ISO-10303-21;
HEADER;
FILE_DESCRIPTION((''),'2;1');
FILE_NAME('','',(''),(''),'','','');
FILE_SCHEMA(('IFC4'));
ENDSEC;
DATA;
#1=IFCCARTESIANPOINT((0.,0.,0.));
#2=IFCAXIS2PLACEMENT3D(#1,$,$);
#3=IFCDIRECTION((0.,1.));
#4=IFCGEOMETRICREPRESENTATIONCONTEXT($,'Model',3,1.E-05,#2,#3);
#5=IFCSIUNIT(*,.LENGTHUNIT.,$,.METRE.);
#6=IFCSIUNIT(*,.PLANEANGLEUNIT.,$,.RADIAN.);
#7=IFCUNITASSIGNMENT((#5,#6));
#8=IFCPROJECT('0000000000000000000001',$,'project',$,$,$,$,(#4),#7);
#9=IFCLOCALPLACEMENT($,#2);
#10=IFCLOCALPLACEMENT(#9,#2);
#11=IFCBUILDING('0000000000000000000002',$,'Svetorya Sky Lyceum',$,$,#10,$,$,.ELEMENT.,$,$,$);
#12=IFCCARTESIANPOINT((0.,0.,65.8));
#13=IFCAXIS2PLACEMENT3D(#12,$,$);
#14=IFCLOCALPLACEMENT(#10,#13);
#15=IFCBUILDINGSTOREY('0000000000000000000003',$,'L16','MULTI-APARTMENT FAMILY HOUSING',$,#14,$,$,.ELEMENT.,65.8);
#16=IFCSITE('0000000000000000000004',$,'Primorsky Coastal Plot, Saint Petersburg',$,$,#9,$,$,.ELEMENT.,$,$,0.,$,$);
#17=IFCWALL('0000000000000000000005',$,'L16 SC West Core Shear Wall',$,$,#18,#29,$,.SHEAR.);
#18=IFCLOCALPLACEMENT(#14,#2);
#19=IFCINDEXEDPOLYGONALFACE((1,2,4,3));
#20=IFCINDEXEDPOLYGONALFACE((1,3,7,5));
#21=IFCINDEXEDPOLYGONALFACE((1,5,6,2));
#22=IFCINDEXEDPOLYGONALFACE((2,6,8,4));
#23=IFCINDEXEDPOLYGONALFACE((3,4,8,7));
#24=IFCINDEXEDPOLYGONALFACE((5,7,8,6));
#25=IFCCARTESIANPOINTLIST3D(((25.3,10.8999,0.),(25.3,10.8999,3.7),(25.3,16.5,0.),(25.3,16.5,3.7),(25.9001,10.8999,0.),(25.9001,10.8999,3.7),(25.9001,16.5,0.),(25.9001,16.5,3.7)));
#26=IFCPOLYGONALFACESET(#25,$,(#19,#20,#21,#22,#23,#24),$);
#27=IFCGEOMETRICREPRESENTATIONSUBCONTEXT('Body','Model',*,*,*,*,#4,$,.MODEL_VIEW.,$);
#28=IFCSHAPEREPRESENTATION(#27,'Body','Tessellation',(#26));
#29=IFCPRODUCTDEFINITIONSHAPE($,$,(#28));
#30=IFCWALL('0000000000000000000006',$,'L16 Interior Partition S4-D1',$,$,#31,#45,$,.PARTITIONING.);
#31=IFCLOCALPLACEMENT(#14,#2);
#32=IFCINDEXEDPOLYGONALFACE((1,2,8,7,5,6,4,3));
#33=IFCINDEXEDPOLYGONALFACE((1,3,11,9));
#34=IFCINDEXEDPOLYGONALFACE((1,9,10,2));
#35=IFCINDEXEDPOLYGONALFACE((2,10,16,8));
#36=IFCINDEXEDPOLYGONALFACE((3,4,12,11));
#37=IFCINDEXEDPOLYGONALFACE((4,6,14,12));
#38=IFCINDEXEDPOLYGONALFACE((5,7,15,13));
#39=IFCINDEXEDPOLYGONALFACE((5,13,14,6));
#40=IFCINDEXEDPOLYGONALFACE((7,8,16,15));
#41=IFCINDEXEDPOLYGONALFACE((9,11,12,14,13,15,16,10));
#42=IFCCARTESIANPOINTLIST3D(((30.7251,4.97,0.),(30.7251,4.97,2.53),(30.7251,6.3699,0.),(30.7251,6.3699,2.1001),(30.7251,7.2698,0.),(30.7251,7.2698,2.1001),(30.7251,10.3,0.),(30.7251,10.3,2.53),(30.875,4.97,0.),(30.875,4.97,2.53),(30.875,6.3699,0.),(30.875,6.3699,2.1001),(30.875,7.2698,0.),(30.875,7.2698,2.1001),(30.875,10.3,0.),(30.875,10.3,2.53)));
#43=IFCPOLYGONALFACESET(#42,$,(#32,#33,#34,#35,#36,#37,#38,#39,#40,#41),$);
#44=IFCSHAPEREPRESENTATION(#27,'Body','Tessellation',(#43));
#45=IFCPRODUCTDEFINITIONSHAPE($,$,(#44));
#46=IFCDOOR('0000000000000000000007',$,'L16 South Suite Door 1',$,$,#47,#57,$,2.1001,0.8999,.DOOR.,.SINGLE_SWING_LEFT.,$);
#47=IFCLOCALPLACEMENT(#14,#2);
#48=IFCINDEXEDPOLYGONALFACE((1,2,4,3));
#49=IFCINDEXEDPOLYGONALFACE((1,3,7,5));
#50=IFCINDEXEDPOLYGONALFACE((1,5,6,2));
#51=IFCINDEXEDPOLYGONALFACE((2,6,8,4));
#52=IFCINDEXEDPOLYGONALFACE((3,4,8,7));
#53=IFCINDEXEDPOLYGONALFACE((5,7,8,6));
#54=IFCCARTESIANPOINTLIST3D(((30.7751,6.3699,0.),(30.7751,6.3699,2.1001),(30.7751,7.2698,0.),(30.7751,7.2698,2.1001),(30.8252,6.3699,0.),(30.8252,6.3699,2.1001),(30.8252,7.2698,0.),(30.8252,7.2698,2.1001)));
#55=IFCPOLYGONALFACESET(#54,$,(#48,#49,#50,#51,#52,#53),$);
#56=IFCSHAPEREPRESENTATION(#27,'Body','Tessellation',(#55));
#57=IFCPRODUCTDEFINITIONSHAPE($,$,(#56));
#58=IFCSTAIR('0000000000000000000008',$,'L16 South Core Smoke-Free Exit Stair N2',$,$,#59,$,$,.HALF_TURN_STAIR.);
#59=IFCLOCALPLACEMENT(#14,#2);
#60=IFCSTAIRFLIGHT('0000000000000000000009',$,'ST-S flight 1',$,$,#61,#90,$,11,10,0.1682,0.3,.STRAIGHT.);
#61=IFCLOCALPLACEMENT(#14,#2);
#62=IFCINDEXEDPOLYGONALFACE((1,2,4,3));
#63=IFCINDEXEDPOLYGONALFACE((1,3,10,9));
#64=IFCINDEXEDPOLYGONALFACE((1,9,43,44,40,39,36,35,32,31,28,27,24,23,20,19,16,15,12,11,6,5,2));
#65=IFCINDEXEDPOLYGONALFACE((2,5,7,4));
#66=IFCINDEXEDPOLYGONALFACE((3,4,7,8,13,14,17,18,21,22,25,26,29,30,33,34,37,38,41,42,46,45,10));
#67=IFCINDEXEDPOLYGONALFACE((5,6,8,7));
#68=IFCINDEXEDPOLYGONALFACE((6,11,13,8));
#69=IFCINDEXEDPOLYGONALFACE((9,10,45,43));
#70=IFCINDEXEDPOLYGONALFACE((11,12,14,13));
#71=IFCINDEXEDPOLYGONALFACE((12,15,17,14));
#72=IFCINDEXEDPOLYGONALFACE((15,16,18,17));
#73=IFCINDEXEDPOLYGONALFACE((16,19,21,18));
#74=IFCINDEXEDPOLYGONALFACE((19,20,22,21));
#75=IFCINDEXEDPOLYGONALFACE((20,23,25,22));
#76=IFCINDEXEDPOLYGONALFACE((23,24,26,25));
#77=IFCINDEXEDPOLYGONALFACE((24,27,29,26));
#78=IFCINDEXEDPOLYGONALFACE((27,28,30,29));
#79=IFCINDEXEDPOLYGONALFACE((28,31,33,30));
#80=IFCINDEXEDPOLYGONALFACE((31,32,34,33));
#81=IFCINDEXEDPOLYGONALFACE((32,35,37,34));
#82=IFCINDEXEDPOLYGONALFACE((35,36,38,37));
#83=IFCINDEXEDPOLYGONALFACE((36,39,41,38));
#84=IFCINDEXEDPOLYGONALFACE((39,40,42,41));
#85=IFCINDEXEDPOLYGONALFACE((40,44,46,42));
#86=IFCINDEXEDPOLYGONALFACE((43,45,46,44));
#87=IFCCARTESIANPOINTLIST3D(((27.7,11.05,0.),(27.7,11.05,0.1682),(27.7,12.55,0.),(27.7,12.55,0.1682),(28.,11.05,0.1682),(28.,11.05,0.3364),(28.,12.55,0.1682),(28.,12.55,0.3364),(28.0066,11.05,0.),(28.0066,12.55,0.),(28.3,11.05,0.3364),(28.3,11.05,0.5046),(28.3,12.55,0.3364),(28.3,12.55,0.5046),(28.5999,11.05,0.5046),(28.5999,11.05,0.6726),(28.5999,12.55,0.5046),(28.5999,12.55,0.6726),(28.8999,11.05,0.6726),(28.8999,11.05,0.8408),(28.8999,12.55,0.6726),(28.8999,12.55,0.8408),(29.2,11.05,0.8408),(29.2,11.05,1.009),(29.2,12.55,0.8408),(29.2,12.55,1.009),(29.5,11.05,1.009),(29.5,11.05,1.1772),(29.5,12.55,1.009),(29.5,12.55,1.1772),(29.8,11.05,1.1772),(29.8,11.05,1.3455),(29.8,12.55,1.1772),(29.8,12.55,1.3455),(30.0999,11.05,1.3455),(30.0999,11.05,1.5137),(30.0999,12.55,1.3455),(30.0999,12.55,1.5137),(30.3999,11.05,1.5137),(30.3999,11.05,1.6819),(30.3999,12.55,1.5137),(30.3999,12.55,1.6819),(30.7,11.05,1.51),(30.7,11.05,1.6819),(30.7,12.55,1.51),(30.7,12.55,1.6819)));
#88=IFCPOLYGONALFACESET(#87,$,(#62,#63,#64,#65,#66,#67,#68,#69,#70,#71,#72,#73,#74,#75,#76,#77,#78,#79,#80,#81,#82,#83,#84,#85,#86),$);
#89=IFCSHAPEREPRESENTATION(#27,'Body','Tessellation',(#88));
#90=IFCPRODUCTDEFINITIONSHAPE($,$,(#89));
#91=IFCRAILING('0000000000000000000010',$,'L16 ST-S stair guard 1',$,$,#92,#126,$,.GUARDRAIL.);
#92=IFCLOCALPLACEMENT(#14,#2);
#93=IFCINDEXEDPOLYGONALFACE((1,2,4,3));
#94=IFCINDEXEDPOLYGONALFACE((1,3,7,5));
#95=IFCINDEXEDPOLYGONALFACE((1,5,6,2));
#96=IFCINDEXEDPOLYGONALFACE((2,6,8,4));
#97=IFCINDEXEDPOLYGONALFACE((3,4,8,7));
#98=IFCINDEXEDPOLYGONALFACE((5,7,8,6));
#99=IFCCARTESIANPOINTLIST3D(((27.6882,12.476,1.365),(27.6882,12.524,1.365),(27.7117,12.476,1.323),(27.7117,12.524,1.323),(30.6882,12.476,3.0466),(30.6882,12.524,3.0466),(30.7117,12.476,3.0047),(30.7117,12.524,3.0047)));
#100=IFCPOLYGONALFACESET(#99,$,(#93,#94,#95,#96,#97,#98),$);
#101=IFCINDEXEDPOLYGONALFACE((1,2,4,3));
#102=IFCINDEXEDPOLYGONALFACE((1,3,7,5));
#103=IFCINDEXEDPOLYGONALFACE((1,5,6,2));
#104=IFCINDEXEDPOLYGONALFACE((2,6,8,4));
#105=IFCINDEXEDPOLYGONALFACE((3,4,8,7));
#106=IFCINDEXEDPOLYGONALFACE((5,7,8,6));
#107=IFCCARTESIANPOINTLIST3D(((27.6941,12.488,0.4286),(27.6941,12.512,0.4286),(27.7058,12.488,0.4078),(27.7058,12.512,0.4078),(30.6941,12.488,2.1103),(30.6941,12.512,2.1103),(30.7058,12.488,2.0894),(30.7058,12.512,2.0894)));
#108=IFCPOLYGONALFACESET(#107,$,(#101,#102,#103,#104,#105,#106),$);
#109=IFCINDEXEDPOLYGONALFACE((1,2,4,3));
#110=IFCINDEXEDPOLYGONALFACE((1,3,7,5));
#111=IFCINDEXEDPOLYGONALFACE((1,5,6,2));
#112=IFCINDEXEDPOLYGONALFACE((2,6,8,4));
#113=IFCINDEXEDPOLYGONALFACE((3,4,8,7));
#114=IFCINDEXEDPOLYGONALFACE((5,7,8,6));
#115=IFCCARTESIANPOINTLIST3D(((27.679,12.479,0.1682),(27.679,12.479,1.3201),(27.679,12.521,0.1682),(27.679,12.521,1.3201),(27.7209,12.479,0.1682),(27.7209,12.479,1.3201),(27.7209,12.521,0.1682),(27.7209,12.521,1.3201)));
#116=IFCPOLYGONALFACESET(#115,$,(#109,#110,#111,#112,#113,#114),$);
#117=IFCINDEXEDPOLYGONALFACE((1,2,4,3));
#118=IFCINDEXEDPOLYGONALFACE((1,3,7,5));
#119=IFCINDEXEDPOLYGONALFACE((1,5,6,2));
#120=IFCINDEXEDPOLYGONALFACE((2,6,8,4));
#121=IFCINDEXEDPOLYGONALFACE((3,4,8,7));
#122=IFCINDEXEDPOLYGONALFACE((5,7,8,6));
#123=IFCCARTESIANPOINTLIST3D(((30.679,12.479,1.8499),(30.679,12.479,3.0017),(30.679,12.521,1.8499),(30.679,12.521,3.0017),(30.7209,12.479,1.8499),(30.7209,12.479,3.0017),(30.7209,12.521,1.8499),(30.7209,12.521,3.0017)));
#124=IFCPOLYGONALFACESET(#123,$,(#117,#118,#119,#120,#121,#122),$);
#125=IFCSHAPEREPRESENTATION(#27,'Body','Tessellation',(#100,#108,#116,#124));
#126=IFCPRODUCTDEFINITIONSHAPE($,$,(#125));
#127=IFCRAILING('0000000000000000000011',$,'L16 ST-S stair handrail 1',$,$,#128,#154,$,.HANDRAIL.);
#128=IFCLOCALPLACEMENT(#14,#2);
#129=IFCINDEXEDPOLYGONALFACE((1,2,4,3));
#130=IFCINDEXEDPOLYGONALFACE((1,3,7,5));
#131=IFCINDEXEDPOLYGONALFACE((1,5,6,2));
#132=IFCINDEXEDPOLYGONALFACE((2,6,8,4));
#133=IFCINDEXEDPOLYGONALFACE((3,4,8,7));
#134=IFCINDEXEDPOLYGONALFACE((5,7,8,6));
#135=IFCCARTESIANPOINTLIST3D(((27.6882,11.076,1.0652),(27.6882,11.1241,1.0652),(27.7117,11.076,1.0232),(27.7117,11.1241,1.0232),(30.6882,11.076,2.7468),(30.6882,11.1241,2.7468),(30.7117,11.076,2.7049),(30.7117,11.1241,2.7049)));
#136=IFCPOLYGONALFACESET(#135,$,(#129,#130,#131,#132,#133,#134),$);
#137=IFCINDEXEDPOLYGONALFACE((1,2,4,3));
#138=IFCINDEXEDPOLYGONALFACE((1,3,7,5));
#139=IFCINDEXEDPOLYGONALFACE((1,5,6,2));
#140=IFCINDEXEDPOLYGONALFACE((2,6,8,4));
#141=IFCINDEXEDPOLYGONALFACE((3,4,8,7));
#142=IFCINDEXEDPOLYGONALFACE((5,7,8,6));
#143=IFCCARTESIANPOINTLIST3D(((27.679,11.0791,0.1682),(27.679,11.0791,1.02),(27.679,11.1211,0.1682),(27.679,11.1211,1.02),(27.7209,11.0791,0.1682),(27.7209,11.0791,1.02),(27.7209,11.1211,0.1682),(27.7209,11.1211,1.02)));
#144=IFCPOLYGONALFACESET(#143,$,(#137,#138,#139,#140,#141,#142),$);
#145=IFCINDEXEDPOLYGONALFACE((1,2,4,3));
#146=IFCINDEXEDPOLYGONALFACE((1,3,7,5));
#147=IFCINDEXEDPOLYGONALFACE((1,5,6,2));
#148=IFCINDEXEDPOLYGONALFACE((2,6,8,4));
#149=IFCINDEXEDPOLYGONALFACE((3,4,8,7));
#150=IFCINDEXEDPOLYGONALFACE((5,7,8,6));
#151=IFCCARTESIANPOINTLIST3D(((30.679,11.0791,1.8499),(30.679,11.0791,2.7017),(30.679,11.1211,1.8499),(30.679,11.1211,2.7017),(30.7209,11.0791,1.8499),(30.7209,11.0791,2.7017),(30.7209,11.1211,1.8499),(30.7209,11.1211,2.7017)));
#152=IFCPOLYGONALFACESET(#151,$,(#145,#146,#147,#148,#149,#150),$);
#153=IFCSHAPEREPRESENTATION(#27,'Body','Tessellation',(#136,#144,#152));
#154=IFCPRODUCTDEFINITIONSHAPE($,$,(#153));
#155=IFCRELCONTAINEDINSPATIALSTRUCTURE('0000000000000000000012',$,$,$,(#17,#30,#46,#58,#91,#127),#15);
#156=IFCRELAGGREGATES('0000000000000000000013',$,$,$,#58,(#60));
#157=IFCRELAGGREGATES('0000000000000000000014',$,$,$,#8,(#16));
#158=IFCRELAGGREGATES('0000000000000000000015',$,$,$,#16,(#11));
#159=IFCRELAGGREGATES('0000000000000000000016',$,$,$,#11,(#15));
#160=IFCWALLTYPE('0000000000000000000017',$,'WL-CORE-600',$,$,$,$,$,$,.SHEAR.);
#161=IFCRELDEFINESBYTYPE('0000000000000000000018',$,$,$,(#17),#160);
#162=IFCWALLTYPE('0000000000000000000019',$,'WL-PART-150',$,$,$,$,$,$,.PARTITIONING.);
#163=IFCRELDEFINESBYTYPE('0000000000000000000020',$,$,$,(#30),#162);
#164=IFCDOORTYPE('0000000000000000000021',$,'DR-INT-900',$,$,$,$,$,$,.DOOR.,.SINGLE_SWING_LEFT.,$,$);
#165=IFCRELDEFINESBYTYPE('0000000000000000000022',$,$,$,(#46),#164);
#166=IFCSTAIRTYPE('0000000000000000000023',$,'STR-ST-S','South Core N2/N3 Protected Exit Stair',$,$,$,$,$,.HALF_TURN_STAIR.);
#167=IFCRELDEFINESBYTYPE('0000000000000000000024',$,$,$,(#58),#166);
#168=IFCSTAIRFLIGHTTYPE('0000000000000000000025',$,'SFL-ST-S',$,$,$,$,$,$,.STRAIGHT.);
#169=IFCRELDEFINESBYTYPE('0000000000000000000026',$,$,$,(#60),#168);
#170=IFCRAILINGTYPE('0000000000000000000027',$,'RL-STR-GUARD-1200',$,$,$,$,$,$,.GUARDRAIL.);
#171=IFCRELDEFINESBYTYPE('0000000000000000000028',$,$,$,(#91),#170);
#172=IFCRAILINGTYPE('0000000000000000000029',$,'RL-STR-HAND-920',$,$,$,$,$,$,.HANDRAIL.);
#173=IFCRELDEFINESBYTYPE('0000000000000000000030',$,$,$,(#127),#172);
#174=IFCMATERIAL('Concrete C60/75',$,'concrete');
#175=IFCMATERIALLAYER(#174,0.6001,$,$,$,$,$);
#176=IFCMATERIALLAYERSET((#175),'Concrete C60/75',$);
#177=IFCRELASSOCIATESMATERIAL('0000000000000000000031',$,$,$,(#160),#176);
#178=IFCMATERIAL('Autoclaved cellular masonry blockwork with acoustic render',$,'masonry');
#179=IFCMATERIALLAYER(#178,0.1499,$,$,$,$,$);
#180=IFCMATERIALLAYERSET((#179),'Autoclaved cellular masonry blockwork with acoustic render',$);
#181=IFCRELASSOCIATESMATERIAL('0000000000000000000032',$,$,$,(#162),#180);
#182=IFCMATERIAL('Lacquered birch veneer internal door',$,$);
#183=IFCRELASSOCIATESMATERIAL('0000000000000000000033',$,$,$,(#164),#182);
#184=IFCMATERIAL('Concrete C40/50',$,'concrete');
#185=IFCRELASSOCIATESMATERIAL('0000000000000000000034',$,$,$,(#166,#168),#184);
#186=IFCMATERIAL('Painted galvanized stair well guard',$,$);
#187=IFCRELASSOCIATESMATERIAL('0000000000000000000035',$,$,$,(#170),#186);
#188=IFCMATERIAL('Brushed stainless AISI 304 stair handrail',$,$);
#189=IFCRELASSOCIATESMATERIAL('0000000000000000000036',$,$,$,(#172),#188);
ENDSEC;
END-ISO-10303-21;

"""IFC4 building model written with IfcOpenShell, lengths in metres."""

from ifc_helpers import new_model, si_unit, direction, frame, frame_2d, origin, origin_2d, place, context, subcontext, project, spatial, polyline, rectangle, outline, extrude, material, layer, layer_set, type_object, element, fill, aggregate, save


model = new_model("IFC4")

# Units and contexts
model_context = context("Model", 3, precision=1e-05, world=origin(), true_north=direction((0.0, 1.0)))
body_context = subcontext(model_context, "Body", "Model", "MODEL_VIEW")
ifc_project = project(units=[si_unit("LENGTHUNIT", "METRE"), si_unit("PLANEANGLEUNIT", "RADIAN")], contexts=[model_context])

# Site, building, storey
site_placement = place(None, origin())
site = spatial("IfcSite", under=ifc_project, at=site_placement, Name="Primorsky Coastal Plot, Saint Petersburg", CompositionType="ELEMENT", RefElevation=0.0)
building_placement = place(site_placement, origin())
building = spatial("IfcBuilding", under=site, at=building_placement, Name="Svetorya Sky Lyceum", CompositionType="ELEMENT")
storey_placement = place(building_placement, frame((0.0, 0.0, 65.8)))
storey = spatial("IfcBuildingStorey", under=building, at=storey_placement, Name="L16", Description="MULTI-APARTMENT FAMILY HOUSING", CompositionType="ELEMENT", Elevation=65.8)

# Shared definitions
ifc_material_1 = material(Name="Concrete C60/75", Category="concrete")

# Wall
ifc_material_2 = material(Name="Concrete C40/50", Category="concrete")
ifc_layer_1 = layer(ifc_material_1, 0.6001)
ifc_layer_set_1 = layer_set([ifc_layer_1], Name="Concrete C60/75")
wall_type_1 = type_object("IfcWallType", Name="WL-CORE-600", PredefinedType="SHEAR", material=ifc_layer_set_1)
wall_1_placement = place(storey_placement, frame((25.6001, 10.8999, 0.0), z_axis=(0.0, 0.0, 1.0), x_axis=(0.0, 1.0, 0.0)))
element("IfcWall", 1, at=wall_1_placement, inside=storey, type_object=wall_type_1, Name="L16 SC West Core Shear Wall", PredefinedType="SHEAR", context=body_context, shape_type="SweptSolid", body=[
    extrude(rectangle(XDim=5.6001, YDim=0.6001, at=frame_2d((2.8, 0.0))), origin(), (0.0, 0.0, 1.0), 3.7),
])

# Wall, opening, door
ifc_material_3 = material(Name="Autoclaved cellular masonry blockwork with acoustic render", Category="masonry")
ifc_layer_2 = layer(ifc_material_3, 0.1499)
ifc_layer_set_2 = layer_set([ifc_layer_2], Name="Autoclaved cellular masonry blockwork with acoustic render")
wall_type_2 = type_object("IfcWallType", Name="WL-PART-150", PredefinedType="PARTITIONING", material=ifc_layer_set_2)
wall_2_placement = place(storey_placement, frame((30.8, 4.97, 0.0), z_axis=(0.0, 0.0, 1.0), x_axis=(0.0, 1.0, 0.0)))
wall_2 = element("IfcWall", 2, at=wall_2_placement, inside=storey, type_object=wall_type_2, Name="L16 Interior Partition S4-D1", PredefinedType="PARTITIONING", context=body_context, shape_type="SweptSolid", body=[
    extrude(rectangle(XDim=5.3301, YDim=0.1499, at=frame_2d((2.665, 0.0))), origin(), (0.0, 0.0, 1.0), 2.53),
])
opening_placement = place(wall_2_placement, frame((1.3999, 0.0, 0.0)))
opening = element("IfcOpeningElement", 3, at=opening_placement, cuts=wall_2, PredefinedType="OPENING", context=body_context, shape_type="SweptSolid", body=[
    extrude(rectangle(XDim=0.8999, YDim=2.1001, at=frame_2d((0.45, 1.05))), frame((0.0, 0.085, 0.0), z_axis=(0.0, -1.0, 0.0), x_axis=(1.0, 0.0, 0.0)), (0.0, 0.0, 1.0), 0.1699),
])
ifc_material_4 = material(Name="Lacquered birch veneer internal door")
door_type = type_object("IfcDoorType", Name="DR-INT-900", OperationType="SINGLE_SWING_LEFT", PredefinedType="DOOR", material=ifc_material_4)
door_placement = place(opening_placement, origin())
door = element("IfcDoor", 4, at=door_placement, inside=storey, type_object=door_type, Name="L16 South Suite Door 1", OperationType="SINGLE_SWING_LEFT", OverallHeight=2.1001, OverallWidth=0.8999, PredefinedType="DOOR", context=body_context, shape_type="SweptSolid", body=[
    extrude(rectangle(XDim=0.8999, YDim=2.1001, at=frame_2d((0.45, 1.05))), frame((0.0, 0.0249, 0.0), z_axis=(0.0, -1.0, 0.0), x_axis=(1.0, 0.0, 0.0)), (0.0, 0.0, 1.0), 0.05),
])
fill(opening, door)

# Stair, stair flight
stair_type = type_object("IfcStairType", Name="STR-ST-S", Description="South Core N2/N3 Protected Exit Stair", PredefinedType="HALF_TURN_STAIR", material=ifc_material_2)
stair_placement = place(storey_placement, origin())
stair = element("IfcStair", 5, at=stair_placement, inside=storey, type_object=stair_type, Name="L16 South Core Smoke-Free Exit Stair N2", PredefinedType="HALF_TURN_STAIR")
stair_flight_type = type_object("IfcStairFlightType", Name="SFL-ST-S", PredefinedType="STRAIGHT", material=ifc_material_2)
stair_flight_placement = place(storey_placement, frame((27.7, 11.8, 0.0), z_axis=(0.0, 0.0, 1.0), x_axis=(1.0, 0.0, 0.0)))
stair_flight = element("IfcStairFlight", 6, at=stair_flight_placement, type_object=stair_flight_type, Name="ST-S flight 1", NumberOfRisers=11, NumberOfTreads=10, PredefinedType="STRAIGHT", RiserHeight=0.1682, TreadLength=0.3, context=body_context, shape_type="SweptSolid", body=[
    extrude(outline(polyline([(0.0, 0.0), (0.0, 0.1682), (0.3, 0.1682), (0.3, 0.3364), (0.6001, 0.3364), (0.6001, 0.5046), (0.8999, 0.5046), (0.8999, 0.6726), (1.2, 0.6726), (1.2, 0.8408), (1.5, 0.8408), (1.5, 1.009), (1.8, 1.009), (1.8, 1.1772), (2.1001, 1.1772), (2.1001, 1.3455), (2.3999, 1.3455), (2.3999, 1.5137), (2.7, 1.5137), (2.7, 1.6819), (3.0, 1.6819), (3.0, 1.8501), (3.0, 1.51), (0.3066, 0.0), (0.0, 0.0)])), frame((0.0, 0.75, 0.0), z_axis=(0.0, -1.0, 0.0), x_axis=(1.0, 0.0, 0.0)), (0.0, 0.0, 1.0), 1.5),
])
aggregate(stair, [stair_flight])

# Railings
ifc_material_5 = material(Name="Painted galvanized stair well guard")
railing_type_1 = type_object("IfcRailingType", Name="RL-STR-GUARD-1200", PredefinedType="GUARDRAIL", material=ifc_material_5)
railing_1_placement = place(storey_placement, frame((27.7, 12.5, 0.1682)))
element("IfcRailing", 7, at=railing_1_placement, inside=storey, type_object=railing_type_1, Name="L16 ST-S stair guard 1", PredefinedType="GUARDRAIL", context=body_context, shape_type="SweptSolid", body=[
    extrude(rectangle(XDim=0.0481, YDim=0.0481, at=origin_2d()), frame((0.0, 0.0, 1.1758), z_axis=(0.872303, 0.0, 0.488966), x_axis=(0.0, 1.0, 0.0)), (0.0, 0.0, 1.0), 3.4392),
    extrude(rectangle(XDim=0.0239, YDim=0.0239, at=origin_2d()), frame((0.0, 0.0, 0.25), z_axis=(0.872303, 0.0, 0.488966), x_axis=(0.0, 1.0, 0.0)), (0.0, 0.0, 1.0), 3.4392),
    extrude(rectangle(XDim=0.042, YDim=0.042, at=origin_2d()), origin(), (0.0, 0.0, 1.0), 1.1519),
    extrude(rectangle(XDim=0.042, YDim=0.042, at=origin_2d()), frame((3.0, 0.0, 1.6816)), (0.0, 0.0, 1.0), 1.1519),
])
ifc_material_6 = material(Name="Brushed stainless AISI 304 stair handrail")
railing_type_2 = type_object("IfcRailingType", Name="RL-STR-HAND-920", PredefinedType="HANDRAIL", material=ifc_material_6)
railing_2_placement = place(storey_placement, frame((27.7, 11.1001, 0.1682)))
element("IfcRailing", 8, at=railing_2_placement, inside=storey, type_object=railing_type_2, Name="L16 ST-S stair handrail 1", PredefinedType="HANDRAIL", context=body_context, shape_type="SweptSolid", body=[
    extrude(rectangle(XDim=0.0481, YDim=0.0481, at=origin_2d()), frame((0.0, 0.0, 0.876), z_axis=(0.872303, 0.0, 0.488966), x_axis=(0.0, 1.0, 0.0)), (0.0, 0.0, 1.0), 3.4392),
    extrude(rectangle(XDim=0.042, YDim=0.042, at=origin_2d()), origin(), (0.0, 0.0, 1.0), 0.8518),
    extrude(rectangle(XDim=0.042, YDim=0.042, at=origin_2d()), frame((3.0, 0.0, 1.6816)), (0.0, 0.0, 1.0), 0.8518),
])

save(model, "model.ifc")
